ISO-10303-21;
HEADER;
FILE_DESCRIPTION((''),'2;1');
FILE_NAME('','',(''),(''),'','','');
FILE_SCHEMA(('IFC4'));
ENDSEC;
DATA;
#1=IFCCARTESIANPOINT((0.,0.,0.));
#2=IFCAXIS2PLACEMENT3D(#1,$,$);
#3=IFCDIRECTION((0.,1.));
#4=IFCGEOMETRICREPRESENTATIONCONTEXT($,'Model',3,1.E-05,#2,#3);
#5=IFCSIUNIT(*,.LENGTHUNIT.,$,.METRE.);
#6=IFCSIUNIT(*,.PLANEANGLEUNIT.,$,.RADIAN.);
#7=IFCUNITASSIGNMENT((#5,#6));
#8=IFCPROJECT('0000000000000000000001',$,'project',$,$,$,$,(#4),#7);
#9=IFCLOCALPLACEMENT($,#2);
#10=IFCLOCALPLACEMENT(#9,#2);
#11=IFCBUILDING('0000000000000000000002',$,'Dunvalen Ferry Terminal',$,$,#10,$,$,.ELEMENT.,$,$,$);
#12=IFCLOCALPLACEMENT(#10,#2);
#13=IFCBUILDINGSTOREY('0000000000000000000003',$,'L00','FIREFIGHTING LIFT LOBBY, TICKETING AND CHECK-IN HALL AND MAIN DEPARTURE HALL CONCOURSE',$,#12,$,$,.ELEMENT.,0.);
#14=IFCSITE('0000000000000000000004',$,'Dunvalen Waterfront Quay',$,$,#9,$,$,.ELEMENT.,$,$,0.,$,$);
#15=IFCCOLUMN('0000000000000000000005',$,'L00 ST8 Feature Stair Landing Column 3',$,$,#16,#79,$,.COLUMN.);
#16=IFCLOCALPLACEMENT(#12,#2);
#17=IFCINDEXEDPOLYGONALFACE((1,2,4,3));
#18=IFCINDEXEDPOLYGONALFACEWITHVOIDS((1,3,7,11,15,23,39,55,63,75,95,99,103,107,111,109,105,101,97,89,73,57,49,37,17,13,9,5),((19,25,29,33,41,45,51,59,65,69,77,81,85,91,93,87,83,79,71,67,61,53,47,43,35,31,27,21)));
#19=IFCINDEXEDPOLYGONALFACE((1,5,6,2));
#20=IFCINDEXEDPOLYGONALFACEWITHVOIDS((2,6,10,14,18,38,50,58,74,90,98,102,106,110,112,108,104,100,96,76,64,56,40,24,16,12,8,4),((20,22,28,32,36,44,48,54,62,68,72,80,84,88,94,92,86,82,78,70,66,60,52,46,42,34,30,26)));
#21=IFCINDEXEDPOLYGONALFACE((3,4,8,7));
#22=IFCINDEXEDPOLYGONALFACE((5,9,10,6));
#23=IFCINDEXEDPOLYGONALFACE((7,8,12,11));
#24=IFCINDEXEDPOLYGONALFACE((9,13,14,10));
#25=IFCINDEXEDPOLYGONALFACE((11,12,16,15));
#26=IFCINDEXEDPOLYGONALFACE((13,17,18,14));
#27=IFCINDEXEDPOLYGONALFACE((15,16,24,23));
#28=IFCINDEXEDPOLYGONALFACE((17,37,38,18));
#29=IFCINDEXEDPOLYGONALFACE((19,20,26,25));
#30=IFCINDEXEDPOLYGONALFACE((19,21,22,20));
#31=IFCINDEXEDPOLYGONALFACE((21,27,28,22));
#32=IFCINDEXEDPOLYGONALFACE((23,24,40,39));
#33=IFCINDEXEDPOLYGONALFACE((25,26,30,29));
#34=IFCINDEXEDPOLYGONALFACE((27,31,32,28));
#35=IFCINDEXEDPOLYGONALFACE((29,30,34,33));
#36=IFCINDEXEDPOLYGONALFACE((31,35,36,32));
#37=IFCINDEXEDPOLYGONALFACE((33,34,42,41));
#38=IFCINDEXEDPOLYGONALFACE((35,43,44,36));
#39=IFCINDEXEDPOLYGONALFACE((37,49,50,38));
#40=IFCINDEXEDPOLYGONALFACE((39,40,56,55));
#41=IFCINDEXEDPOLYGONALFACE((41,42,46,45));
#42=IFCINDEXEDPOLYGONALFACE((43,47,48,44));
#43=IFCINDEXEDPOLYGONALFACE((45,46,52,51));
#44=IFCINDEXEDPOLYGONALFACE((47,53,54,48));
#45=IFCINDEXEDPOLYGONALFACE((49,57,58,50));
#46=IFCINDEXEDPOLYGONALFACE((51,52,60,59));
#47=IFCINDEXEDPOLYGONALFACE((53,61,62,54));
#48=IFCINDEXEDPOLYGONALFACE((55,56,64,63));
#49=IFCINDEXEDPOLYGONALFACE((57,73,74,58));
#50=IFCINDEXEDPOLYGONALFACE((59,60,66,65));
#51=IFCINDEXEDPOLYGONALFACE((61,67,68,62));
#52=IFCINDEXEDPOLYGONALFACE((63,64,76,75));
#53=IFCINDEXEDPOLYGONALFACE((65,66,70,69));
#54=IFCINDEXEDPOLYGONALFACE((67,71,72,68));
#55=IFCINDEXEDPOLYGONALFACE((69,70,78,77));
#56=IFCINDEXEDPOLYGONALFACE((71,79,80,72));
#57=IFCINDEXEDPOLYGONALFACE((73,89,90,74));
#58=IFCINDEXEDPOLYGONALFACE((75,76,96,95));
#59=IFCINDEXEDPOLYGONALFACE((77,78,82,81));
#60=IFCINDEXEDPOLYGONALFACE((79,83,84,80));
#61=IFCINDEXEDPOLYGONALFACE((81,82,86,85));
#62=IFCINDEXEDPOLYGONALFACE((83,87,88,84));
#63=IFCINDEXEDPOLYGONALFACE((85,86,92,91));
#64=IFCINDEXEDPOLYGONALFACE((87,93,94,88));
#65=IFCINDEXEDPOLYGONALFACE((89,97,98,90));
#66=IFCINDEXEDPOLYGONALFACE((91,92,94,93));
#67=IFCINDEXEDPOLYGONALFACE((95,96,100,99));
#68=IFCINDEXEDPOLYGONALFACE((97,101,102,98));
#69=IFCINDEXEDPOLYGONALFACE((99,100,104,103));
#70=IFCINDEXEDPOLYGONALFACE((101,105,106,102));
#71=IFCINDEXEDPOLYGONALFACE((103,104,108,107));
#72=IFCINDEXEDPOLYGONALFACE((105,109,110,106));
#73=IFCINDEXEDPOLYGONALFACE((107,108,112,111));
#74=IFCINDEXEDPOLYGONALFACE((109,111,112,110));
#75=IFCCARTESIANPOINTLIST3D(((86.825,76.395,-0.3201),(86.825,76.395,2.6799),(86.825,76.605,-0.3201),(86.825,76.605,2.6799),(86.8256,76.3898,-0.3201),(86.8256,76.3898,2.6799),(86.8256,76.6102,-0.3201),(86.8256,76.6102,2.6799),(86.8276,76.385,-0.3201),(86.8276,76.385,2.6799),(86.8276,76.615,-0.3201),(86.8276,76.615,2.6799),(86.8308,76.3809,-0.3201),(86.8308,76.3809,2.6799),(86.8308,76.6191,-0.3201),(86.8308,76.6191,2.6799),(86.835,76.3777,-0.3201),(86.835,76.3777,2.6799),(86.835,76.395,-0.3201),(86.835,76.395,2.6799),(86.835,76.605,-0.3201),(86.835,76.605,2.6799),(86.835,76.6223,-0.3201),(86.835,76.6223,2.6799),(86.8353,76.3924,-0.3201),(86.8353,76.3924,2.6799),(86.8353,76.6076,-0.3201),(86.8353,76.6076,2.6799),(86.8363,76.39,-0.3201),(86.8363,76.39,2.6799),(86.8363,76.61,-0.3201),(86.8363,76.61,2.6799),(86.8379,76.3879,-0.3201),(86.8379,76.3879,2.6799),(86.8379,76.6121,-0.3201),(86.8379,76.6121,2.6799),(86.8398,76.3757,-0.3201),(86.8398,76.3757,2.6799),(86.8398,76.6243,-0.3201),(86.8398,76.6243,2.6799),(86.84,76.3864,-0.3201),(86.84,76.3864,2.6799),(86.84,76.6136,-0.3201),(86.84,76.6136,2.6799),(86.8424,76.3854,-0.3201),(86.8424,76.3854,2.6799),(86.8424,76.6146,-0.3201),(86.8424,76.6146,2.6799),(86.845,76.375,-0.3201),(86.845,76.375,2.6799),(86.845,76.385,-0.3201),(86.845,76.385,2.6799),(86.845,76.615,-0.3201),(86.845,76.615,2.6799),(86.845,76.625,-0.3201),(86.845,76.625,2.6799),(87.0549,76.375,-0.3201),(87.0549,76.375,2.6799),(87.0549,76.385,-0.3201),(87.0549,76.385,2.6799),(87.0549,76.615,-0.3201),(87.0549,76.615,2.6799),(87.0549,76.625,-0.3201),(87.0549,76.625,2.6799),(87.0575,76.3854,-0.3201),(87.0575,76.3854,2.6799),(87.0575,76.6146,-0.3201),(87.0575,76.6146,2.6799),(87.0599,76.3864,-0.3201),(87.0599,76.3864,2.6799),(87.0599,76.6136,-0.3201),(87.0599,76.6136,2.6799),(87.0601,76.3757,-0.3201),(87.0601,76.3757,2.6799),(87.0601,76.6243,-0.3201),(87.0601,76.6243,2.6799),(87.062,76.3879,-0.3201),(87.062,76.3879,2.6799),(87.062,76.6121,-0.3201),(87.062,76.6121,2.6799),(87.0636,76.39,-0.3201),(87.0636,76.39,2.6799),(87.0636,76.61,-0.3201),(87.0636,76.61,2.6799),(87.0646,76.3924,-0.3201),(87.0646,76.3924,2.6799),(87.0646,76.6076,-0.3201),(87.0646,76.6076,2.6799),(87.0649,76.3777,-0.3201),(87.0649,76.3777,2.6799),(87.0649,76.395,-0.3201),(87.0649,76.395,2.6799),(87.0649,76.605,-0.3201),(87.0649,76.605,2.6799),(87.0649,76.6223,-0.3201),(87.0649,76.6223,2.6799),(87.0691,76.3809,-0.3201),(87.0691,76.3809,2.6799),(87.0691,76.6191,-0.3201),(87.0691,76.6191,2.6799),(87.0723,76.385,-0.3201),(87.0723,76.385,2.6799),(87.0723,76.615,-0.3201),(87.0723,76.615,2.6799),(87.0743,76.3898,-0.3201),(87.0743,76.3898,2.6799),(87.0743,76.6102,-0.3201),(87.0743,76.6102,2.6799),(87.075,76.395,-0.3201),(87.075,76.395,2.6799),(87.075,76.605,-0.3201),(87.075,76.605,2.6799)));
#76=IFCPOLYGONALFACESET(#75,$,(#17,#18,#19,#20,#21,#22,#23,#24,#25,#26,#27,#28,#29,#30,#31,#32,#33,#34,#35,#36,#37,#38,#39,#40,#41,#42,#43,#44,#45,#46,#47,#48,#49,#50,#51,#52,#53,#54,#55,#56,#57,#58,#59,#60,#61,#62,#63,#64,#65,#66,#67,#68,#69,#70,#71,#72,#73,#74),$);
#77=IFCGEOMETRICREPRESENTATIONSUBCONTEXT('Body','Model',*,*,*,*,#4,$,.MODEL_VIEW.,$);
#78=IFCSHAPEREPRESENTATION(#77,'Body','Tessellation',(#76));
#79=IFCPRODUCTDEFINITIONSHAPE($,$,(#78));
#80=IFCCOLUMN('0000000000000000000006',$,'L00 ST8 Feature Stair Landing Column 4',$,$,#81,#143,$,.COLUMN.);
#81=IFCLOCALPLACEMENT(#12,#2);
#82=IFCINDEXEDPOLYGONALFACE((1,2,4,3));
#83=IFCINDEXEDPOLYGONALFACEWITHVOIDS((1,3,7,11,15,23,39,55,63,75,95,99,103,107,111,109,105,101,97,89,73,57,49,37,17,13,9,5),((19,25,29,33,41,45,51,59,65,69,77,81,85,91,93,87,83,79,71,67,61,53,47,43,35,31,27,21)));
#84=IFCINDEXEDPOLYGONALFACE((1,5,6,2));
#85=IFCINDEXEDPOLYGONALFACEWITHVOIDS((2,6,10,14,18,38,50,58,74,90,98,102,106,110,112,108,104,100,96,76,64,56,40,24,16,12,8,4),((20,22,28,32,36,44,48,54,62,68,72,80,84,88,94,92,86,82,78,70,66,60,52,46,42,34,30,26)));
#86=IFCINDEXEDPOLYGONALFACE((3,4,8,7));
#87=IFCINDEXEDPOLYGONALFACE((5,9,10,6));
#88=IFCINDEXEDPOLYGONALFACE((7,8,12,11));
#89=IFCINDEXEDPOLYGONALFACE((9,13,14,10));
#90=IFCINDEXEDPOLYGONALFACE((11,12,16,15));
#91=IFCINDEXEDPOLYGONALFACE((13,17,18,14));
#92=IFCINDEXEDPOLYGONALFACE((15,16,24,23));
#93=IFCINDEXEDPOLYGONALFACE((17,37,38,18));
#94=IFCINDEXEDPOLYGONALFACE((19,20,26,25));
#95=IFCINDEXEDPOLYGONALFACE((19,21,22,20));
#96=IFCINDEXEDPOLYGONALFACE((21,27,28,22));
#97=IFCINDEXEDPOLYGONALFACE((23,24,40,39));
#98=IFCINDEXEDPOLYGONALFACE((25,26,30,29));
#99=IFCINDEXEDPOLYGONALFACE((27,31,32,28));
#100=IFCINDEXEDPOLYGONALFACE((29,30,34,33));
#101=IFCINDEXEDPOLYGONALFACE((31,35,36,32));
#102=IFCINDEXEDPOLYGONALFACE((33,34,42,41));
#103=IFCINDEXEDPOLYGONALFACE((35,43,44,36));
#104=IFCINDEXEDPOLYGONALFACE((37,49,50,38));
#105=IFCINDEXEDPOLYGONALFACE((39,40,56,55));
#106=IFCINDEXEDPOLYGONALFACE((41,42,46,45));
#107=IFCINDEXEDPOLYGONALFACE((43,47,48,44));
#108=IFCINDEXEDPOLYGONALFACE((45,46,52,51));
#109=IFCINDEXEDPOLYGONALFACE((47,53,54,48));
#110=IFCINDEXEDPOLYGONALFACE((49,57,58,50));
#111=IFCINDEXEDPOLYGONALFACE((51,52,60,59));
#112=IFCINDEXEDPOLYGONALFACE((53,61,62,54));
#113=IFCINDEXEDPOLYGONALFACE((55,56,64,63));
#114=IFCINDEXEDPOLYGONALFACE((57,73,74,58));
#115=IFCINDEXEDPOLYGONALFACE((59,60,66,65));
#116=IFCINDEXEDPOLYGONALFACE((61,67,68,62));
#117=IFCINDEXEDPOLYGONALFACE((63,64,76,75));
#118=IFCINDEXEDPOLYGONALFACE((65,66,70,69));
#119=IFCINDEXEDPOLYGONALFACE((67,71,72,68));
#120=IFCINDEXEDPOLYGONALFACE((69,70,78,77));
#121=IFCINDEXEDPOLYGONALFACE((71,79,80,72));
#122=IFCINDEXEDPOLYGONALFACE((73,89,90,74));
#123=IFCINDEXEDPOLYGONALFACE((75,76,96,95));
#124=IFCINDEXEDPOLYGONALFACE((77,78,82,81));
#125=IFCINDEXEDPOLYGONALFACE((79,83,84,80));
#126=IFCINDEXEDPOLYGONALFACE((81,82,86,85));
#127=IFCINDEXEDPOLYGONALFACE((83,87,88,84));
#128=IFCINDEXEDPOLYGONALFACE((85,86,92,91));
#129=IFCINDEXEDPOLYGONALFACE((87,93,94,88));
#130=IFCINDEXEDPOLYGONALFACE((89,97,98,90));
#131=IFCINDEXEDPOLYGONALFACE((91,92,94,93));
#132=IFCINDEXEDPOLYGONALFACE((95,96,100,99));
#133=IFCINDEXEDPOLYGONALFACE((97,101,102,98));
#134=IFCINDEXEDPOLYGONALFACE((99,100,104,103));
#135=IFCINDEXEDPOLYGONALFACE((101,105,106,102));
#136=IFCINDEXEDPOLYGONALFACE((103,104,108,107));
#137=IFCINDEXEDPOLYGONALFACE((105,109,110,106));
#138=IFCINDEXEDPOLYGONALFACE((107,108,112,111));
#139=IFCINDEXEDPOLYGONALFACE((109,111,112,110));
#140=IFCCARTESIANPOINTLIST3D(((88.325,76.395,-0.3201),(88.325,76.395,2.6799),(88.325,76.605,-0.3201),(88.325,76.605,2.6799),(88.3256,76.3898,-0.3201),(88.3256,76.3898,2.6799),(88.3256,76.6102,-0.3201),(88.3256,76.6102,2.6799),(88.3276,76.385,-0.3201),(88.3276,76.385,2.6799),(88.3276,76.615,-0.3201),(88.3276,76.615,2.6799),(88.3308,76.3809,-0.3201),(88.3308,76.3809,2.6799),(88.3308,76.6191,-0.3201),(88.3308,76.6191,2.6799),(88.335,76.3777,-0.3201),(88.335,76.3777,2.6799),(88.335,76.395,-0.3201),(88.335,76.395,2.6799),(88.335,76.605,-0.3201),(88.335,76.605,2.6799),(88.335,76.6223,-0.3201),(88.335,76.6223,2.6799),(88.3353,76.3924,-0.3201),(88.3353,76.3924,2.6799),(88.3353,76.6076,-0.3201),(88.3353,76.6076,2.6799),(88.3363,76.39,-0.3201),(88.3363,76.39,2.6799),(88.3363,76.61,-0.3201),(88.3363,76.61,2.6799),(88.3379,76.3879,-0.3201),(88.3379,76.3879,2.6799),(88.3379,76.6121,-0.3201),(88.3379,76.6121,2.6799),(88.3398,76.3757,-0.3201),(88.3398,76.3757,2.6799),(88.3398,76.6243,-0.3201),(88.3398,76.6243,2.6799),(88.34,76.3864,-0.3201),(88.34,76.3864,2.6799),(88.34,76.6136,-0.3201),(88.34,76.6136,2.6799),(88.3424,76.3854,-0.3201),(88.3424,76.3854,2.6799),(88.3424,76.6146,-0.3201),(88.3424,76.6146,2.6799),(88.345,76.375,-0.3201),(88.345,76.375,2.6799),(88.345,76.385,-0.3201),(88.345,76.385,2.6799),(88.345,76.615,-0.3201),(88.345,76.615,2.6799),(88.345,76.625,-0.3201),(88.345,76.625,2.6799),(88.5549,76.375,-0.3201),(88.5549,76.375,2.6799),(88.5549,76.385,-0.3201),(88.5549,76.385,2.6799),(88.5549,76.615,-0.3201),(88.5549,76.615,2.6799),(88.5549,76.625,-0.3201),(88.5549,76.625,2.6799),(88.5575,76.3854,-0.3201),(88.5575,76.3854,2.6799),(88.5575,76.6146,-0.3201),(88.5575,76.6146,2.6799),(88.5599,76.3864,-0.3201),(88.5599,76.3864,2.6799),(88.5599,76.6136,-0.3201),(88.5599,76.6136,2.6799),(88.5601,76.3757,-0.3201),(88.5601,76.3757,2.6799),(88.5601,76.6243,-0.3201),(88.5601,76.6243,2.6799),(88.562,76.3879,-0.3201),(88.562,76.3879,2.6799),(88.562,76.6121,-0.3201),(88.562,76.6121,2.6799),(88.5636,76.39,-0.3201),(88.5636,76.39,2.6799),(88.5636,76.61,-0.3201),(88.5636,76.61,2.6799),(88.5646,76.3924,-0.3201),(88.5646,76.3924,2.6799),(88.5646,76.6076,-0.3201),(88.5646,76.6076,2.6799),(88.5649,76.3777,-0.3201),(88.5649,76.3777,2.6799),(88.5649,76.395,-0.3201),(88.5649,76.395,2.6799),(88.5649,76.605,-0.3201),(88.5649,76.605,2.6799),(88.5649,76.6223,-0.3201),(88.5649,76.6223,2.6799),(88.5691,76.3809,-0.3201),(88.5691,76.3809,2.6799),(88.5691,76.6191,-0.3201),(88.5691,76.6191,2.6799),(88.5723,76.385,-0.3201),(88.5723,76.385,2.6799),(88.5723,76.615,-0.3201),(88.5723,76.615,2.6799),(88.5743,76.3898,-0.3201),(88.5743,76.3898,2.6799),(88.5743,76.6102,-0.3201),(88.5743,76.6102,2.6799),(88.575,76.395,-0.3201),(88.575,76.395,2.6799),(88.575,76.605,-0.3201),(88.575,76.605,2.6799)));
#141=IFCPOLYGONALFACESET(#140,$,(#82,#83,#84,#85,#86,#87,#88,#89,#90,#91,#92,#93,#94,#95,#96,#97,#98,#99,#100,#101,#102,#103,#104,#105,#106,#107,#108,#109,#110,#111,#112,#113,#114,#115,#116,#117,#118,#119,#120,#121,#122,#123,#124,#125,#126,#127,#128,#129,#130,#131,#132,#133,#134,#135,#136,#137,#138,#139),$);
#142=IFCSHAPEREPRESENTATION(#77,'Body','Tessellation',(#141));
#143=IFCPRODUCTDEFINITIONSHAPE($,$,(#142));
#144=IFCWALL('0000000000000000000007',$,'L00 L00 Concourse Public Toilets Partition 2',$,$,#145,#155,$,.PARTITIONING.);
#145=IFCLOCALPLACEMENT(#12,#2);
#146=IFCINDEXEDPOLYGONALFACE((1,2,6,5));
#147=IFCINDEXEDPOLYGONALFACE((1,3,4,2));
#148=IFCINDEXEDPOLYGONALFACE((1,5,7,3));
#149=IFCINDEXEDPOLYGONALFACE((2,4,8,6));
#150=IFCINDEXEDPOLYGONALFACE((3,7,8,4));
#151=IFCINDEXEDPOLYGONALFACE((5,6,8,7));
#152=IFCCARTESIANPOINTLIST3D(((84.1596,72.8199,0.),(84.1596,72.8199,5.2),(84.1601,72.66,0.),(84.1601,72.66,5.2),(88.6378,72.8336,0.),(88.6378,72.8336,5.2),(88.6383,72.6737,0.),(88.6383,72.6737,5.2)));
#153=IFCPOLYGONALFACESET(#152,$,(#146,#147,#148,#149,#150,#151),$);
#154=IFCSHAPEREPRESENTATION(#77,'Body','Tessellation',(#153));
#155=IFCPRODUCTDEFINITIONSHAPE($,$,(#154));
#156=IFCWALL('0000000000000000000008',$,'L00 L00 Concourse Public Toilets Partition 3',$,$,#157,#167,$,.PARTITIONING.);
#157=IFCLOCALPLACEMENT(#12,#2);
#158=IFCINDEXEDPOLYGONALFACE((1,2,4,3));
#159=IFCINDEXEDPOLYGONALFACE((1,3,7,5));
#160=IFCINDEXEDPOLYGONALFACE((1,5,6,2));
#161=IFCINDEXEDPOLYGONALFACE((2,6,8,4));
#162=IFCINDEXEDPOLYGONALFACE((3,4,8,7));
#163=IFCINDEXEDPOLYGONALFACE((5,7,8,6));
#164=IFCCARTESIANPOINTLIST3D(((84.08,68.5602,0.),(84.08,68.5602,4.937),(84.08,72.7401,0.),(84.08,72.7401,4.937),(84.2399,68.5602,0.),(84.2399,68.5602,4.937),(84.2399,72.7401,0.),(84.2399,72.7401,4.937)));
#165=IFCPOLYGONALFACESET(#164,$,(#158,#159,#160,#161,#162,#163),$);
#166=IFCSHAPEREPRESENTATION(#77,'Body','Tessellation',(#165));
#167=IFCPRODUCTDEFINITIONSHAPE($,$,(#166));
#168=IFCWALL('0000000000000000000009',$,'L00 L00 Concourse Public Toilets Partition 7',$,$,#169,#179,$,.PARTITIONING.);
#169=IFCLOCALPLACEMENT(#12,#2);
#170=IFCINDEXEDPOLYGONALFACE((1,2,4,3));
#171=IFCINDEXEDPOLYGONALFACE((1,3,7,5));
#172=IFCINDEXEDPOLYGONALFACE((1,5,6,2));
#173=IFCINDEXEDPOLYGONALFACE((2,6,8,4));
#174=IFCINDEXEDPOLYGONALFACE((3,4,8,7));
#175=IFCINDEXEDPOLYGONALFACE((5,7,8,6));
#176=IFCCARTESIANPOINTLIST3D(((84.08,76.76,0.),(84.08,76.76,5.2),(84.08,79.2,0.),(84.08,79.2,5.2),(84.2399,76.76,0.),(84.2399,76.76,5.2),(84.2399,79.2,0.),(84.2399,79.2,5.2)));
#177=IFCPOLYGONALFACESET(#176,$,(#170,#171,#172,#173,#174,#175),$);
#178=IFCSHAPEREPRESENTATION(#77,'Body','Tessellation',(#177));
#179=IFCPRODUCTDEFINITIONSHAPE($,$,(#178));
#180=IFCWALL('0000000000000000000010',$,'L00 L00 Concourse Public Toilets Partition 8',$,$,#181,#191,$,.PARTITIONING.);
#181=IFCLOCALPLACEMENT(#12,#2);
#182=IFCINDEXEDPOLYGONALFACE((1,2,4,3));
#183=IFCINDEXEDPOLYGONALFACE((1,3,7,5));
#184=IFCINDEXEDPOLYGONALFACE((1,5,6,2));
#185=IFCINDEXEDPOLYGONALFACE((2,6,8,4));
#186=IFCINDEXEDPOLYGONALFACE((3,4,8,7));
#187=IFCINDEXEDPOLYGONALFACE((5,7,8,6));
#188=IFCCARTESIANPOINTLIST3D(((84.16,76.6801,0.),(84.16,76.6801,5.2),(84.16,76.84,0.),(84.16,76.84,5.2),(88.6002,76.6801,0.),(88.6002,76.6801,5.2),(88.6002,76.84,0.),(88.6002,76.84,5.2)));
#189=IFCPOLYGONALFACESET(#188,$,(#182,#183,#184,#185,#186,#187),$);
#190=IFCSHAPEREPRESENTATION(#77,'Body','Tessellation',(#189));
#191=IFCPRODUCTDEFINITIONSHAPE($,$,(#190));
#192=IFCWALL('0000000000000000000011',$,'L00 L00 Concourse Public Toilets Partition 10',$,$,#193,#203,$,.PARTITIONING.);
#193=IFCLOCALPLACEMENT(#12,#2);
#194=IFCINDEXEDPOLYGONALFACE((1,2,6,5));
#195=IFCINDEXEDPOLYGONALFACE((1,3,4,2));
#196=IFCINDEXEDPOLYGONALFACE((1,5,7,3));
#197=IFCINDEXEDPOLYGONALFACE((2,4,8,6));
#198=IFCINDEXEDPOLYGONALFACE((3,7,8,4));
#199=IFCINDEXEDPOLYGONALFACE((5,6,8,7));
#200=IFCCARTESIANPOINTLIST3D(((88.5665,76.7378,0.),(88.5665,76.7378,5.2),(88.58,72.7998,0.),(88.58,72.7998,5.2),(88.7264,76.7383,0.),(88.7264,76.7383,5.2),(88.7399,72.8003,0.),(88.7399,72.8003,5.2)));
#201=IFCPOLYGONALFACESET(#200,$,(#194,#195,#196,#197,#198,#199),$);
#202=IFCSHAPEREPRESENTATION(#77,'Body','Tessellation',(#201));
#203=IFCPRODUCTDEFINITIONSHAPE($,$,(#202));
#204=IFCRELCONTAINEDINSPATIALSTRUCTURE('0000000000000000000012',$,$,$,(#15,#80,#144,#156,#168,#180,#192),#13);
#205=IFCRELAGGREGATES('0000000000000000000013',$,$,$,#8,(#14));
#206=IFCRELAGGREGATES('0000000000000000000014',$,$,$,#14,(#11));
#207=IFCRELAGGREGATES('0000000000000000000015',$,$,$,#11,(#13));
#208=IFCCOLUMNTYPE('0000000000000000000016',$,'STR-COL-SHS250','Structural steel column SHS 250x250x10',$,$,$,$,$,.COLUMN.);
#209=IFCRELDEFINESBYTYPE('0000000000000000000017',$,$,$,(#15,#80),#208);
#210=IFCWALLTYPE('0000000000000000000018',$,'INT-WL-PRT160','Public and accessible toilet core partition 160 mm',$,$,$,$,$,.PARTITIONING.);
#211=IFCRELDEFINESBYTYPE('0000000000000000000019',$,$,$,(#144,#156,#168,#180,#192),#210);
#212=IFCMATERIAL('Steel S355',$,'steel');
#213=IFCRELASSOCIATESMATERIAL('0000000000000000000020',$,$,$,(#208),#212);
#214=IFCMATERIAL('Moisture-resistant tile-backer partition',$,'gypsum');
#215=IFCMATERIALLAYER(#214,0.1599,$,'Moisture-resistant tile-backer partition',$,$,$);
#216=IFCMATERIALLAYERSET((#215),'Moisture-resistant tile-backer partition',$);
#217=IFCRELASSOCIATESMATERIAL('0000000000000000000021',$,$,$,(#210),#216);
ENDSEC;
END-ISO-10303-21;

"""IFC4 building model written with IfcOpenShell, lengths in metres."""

from ifc_helpers import new_model, si_unit, direction, frame, frame_2d, origin, origin_2d, place, context, subcontext, project, spatial, rectangle, hollow_rectangle, extrude, material, layer, layer_set, material_profile, profile_set, type_object, element, save


model = new_model("IFC4")

# Units and contexts
model_context = context("Model", 3, precision=1e-05, world=origin(), true_north=direction((0.0, 1.0)))
body_context = subcontext(model_context, "Body", "Model", "MODEL_VIEW")
ifc_project = project(units=[si_unit("LENGTHUNIT", "METRE"), si_unit("PLANEANGLEUNIT", "RADIAN")], contexts=[model_context])

# Site, building, storey
site_placement = place(None, origin())
site = spatial("IfcSite", under=ifc_project, at=site_placement, Name="Dunvalen Waterfront Quay", CompositionType="ELEMENT", RefElevation=0.0)
building_placement = place(site_placement, origin())
building = spatial("IfcBuilding", under=site, at=building_placement, Name="Dunvalen Ferry Terminal", CompositionType="ELEMENT")
storey_placement = place(building_placement, origin())
storey = spatial("IfcBuildingStorey", under=building, at=storey_placement, Name="L00", Description="FIREFIGHTING LIFT LOBBY, TICKETING AND CHECK-IN HALL AND MAIN DEPARTURE HALL CONCOURSE", CompositionType="ELEMENT", Elevation=0.0)

# Columns
ifc_material_1 = material(Name="Steel S355", Category="steel")
ifc_material_profile_1 = material_profile(ifc_material_1, hollow_rectangle(XDim=0.25, YDim=0.25, WallThickness=0.01, InnerFilletRadius=0.01, OuterFilletRadius=0.02, at=origin_2d()), Name="Steel S355")
ifc_profile_set_1 = profile_set([ifc_material_profile_1], Name="Steel S355")
column_type_1 = type_object("IfcColumnType", Name="STR-COL-SHS250", Description="Structural steel column SHS 250x250x10", PredefinedType="COLUMN", material=ifc_profile_set_1)
for number, where, z_axis, x_axis, name in (
    (1, (86.95, 76.5, -0.3201), (0.0, 0.0, 1.0), (1.0, 0.0, 0.0), "L00 ST8 Feature Stair Landing Column 3"),
    (2, (88.45, 76.5, -0.3201), (0.0, 0.0, 1.0), (1.0, 0.0, 0.0), "L00 ST8 Feature Stair Landing Column 4"),
):
    element("IfcColumn", number, at=place(storey_placement, frame(where, z_axis=z_axis, x_axis=x_axis)), inside=storey, type_object=column_type_1, Name=name, PredefinedType="COLUMN", context=body_context, shape_type="SweptSolid", body=[
        extrude(hollow_rectangle(XDim=0.25, YDim=0.25, WallThickness=0.01, InnerFilletRadius=0.01, OuterFilletRadius=0.02, at=origin_2d()), origin(), (0.0, 0.0, 1.0), 3.0),
    ])

# Walls
ifc_material_2 = material(Name="Moisture-resistant tile-backer partition", Category="gypsum")
ifc_layer = layer(ifc_material_2, 0.1599, Name="Moisture-resistant tile-backer partition")
ifc_layer_set = layer_set([ifc_layer], Name="Moisture-resistant tile-backer partition")
wall_type = type_object("IfcWallType", Name="INT-WL-PRT160", Description="Public and accessible toilet core partition 160 mm", PredefinedType="PARTITIONING", material=ifc_layer_set)
wall_1_placement = place(storey_placement, frame((88.6382, 72.7537, 0.0), z_axis=(0.0, 0.0, 1.0), x_axis=(-0.999995, -0.003053, 0.0)))
element("IfcWall", 3, at=wall_1_placement, inside=storey, type_object=wall_type, Name="L00 L00 Concourse Public Toilets Partition 2", PredefinedType="PARTITIONING", context=body_context, shape_type="SweptSolid", body=[
    extrude(rectangle(XDim=4.4783, YDim=0.1599, at=frame_2d((2.2393, 0.0))), origin(), (0.0, 0.0, 1.0), 5.2),
])
wall_2_placement = place(storey_placement, frame((84.1599, 72.74, 0.0), z_axis=(0.0, 0.0, 1.0), x_axis=(0.0, -1.0, 0.0)))
element("IfcWall", 4, at=wall_2_placement, inside=storey, type_object=wall_type, Name="L00 L00 Concourse Public Toilets Partition 3", PredefinedType="PARTITIONING", context=body_context, shape_type="SweptSolid", body=[
    extrude(rectangle(XDim=4.1799, YDim=0.1599, at=frame_2d((2.0898, 0.0))), origin(), (0.0, 0.0, 1.0), 4.937),
])
wall_3_placement = place(storey_placement, frame((84.1599, 79.2, 0.0), z_axis=(0.0, 0.0, 1.0), x_axis=(0.0, -1.0, 0.0)))
element("IfcWall", 5, at=wall_3_placement, inside=storey, type_object=wall_type, Name="L00 L00 Concourse Public Toilets Partition 7", PredefinedType="PARTITIONING", context=body_context, shape_type="SweptSolid", body=[
    extrude(rectangle(XDim=2.4399, YDim=0.1599, at=frame_2d((1.22, 0.0))), origin(), (0.0, 0.0, 1.0), 5.2),
])
wall_4_placement = place(storey_placement, frame((84.1599, 76.76, 0.0), z_axis=(0.0, 0.0, 1.0), x_axis=(1.0, 0.0, 0.0)))
element("IfcWall", 6, at=wall_4_placement, inside=storey, type_object=wall_type, Name="L00 L00 Concourse Public Toilets Partition 8", PredefinedType="PARTITIONING", context=body_context, shape_type="SweptSolid", body=[
    extrude(rectangle(XDim=4.4402, YDim=0.1599, at=frame_2d((2.2202, 0.0))), origin(), (0.0, 0.0, 1.0), 5.2),
])
wall_5_placement = place(storey_placement, frame((88.6465, 76.738, 0.0), z_axis=(0.0, 0.0, 1.0), x_axis=(0.00341, -0.999994, 0.0)))
element("IfcWall", 7, at=wall_5_placement, inside=storey, type_object=wall_type, Name="L00 L00 Concourse Public Toilets Partition 10", PredefinedType="PARTITIONING", context=body_context, shape_type="SweptSolid", body=[
    extrude(rectangle(XDim=3.938, YDim=0.1599, at=frame_2d((1.969, 0.0))), origin(), (0.0, 0.0, 1.0), 5.2),
])

save(model, "model.ifc")
